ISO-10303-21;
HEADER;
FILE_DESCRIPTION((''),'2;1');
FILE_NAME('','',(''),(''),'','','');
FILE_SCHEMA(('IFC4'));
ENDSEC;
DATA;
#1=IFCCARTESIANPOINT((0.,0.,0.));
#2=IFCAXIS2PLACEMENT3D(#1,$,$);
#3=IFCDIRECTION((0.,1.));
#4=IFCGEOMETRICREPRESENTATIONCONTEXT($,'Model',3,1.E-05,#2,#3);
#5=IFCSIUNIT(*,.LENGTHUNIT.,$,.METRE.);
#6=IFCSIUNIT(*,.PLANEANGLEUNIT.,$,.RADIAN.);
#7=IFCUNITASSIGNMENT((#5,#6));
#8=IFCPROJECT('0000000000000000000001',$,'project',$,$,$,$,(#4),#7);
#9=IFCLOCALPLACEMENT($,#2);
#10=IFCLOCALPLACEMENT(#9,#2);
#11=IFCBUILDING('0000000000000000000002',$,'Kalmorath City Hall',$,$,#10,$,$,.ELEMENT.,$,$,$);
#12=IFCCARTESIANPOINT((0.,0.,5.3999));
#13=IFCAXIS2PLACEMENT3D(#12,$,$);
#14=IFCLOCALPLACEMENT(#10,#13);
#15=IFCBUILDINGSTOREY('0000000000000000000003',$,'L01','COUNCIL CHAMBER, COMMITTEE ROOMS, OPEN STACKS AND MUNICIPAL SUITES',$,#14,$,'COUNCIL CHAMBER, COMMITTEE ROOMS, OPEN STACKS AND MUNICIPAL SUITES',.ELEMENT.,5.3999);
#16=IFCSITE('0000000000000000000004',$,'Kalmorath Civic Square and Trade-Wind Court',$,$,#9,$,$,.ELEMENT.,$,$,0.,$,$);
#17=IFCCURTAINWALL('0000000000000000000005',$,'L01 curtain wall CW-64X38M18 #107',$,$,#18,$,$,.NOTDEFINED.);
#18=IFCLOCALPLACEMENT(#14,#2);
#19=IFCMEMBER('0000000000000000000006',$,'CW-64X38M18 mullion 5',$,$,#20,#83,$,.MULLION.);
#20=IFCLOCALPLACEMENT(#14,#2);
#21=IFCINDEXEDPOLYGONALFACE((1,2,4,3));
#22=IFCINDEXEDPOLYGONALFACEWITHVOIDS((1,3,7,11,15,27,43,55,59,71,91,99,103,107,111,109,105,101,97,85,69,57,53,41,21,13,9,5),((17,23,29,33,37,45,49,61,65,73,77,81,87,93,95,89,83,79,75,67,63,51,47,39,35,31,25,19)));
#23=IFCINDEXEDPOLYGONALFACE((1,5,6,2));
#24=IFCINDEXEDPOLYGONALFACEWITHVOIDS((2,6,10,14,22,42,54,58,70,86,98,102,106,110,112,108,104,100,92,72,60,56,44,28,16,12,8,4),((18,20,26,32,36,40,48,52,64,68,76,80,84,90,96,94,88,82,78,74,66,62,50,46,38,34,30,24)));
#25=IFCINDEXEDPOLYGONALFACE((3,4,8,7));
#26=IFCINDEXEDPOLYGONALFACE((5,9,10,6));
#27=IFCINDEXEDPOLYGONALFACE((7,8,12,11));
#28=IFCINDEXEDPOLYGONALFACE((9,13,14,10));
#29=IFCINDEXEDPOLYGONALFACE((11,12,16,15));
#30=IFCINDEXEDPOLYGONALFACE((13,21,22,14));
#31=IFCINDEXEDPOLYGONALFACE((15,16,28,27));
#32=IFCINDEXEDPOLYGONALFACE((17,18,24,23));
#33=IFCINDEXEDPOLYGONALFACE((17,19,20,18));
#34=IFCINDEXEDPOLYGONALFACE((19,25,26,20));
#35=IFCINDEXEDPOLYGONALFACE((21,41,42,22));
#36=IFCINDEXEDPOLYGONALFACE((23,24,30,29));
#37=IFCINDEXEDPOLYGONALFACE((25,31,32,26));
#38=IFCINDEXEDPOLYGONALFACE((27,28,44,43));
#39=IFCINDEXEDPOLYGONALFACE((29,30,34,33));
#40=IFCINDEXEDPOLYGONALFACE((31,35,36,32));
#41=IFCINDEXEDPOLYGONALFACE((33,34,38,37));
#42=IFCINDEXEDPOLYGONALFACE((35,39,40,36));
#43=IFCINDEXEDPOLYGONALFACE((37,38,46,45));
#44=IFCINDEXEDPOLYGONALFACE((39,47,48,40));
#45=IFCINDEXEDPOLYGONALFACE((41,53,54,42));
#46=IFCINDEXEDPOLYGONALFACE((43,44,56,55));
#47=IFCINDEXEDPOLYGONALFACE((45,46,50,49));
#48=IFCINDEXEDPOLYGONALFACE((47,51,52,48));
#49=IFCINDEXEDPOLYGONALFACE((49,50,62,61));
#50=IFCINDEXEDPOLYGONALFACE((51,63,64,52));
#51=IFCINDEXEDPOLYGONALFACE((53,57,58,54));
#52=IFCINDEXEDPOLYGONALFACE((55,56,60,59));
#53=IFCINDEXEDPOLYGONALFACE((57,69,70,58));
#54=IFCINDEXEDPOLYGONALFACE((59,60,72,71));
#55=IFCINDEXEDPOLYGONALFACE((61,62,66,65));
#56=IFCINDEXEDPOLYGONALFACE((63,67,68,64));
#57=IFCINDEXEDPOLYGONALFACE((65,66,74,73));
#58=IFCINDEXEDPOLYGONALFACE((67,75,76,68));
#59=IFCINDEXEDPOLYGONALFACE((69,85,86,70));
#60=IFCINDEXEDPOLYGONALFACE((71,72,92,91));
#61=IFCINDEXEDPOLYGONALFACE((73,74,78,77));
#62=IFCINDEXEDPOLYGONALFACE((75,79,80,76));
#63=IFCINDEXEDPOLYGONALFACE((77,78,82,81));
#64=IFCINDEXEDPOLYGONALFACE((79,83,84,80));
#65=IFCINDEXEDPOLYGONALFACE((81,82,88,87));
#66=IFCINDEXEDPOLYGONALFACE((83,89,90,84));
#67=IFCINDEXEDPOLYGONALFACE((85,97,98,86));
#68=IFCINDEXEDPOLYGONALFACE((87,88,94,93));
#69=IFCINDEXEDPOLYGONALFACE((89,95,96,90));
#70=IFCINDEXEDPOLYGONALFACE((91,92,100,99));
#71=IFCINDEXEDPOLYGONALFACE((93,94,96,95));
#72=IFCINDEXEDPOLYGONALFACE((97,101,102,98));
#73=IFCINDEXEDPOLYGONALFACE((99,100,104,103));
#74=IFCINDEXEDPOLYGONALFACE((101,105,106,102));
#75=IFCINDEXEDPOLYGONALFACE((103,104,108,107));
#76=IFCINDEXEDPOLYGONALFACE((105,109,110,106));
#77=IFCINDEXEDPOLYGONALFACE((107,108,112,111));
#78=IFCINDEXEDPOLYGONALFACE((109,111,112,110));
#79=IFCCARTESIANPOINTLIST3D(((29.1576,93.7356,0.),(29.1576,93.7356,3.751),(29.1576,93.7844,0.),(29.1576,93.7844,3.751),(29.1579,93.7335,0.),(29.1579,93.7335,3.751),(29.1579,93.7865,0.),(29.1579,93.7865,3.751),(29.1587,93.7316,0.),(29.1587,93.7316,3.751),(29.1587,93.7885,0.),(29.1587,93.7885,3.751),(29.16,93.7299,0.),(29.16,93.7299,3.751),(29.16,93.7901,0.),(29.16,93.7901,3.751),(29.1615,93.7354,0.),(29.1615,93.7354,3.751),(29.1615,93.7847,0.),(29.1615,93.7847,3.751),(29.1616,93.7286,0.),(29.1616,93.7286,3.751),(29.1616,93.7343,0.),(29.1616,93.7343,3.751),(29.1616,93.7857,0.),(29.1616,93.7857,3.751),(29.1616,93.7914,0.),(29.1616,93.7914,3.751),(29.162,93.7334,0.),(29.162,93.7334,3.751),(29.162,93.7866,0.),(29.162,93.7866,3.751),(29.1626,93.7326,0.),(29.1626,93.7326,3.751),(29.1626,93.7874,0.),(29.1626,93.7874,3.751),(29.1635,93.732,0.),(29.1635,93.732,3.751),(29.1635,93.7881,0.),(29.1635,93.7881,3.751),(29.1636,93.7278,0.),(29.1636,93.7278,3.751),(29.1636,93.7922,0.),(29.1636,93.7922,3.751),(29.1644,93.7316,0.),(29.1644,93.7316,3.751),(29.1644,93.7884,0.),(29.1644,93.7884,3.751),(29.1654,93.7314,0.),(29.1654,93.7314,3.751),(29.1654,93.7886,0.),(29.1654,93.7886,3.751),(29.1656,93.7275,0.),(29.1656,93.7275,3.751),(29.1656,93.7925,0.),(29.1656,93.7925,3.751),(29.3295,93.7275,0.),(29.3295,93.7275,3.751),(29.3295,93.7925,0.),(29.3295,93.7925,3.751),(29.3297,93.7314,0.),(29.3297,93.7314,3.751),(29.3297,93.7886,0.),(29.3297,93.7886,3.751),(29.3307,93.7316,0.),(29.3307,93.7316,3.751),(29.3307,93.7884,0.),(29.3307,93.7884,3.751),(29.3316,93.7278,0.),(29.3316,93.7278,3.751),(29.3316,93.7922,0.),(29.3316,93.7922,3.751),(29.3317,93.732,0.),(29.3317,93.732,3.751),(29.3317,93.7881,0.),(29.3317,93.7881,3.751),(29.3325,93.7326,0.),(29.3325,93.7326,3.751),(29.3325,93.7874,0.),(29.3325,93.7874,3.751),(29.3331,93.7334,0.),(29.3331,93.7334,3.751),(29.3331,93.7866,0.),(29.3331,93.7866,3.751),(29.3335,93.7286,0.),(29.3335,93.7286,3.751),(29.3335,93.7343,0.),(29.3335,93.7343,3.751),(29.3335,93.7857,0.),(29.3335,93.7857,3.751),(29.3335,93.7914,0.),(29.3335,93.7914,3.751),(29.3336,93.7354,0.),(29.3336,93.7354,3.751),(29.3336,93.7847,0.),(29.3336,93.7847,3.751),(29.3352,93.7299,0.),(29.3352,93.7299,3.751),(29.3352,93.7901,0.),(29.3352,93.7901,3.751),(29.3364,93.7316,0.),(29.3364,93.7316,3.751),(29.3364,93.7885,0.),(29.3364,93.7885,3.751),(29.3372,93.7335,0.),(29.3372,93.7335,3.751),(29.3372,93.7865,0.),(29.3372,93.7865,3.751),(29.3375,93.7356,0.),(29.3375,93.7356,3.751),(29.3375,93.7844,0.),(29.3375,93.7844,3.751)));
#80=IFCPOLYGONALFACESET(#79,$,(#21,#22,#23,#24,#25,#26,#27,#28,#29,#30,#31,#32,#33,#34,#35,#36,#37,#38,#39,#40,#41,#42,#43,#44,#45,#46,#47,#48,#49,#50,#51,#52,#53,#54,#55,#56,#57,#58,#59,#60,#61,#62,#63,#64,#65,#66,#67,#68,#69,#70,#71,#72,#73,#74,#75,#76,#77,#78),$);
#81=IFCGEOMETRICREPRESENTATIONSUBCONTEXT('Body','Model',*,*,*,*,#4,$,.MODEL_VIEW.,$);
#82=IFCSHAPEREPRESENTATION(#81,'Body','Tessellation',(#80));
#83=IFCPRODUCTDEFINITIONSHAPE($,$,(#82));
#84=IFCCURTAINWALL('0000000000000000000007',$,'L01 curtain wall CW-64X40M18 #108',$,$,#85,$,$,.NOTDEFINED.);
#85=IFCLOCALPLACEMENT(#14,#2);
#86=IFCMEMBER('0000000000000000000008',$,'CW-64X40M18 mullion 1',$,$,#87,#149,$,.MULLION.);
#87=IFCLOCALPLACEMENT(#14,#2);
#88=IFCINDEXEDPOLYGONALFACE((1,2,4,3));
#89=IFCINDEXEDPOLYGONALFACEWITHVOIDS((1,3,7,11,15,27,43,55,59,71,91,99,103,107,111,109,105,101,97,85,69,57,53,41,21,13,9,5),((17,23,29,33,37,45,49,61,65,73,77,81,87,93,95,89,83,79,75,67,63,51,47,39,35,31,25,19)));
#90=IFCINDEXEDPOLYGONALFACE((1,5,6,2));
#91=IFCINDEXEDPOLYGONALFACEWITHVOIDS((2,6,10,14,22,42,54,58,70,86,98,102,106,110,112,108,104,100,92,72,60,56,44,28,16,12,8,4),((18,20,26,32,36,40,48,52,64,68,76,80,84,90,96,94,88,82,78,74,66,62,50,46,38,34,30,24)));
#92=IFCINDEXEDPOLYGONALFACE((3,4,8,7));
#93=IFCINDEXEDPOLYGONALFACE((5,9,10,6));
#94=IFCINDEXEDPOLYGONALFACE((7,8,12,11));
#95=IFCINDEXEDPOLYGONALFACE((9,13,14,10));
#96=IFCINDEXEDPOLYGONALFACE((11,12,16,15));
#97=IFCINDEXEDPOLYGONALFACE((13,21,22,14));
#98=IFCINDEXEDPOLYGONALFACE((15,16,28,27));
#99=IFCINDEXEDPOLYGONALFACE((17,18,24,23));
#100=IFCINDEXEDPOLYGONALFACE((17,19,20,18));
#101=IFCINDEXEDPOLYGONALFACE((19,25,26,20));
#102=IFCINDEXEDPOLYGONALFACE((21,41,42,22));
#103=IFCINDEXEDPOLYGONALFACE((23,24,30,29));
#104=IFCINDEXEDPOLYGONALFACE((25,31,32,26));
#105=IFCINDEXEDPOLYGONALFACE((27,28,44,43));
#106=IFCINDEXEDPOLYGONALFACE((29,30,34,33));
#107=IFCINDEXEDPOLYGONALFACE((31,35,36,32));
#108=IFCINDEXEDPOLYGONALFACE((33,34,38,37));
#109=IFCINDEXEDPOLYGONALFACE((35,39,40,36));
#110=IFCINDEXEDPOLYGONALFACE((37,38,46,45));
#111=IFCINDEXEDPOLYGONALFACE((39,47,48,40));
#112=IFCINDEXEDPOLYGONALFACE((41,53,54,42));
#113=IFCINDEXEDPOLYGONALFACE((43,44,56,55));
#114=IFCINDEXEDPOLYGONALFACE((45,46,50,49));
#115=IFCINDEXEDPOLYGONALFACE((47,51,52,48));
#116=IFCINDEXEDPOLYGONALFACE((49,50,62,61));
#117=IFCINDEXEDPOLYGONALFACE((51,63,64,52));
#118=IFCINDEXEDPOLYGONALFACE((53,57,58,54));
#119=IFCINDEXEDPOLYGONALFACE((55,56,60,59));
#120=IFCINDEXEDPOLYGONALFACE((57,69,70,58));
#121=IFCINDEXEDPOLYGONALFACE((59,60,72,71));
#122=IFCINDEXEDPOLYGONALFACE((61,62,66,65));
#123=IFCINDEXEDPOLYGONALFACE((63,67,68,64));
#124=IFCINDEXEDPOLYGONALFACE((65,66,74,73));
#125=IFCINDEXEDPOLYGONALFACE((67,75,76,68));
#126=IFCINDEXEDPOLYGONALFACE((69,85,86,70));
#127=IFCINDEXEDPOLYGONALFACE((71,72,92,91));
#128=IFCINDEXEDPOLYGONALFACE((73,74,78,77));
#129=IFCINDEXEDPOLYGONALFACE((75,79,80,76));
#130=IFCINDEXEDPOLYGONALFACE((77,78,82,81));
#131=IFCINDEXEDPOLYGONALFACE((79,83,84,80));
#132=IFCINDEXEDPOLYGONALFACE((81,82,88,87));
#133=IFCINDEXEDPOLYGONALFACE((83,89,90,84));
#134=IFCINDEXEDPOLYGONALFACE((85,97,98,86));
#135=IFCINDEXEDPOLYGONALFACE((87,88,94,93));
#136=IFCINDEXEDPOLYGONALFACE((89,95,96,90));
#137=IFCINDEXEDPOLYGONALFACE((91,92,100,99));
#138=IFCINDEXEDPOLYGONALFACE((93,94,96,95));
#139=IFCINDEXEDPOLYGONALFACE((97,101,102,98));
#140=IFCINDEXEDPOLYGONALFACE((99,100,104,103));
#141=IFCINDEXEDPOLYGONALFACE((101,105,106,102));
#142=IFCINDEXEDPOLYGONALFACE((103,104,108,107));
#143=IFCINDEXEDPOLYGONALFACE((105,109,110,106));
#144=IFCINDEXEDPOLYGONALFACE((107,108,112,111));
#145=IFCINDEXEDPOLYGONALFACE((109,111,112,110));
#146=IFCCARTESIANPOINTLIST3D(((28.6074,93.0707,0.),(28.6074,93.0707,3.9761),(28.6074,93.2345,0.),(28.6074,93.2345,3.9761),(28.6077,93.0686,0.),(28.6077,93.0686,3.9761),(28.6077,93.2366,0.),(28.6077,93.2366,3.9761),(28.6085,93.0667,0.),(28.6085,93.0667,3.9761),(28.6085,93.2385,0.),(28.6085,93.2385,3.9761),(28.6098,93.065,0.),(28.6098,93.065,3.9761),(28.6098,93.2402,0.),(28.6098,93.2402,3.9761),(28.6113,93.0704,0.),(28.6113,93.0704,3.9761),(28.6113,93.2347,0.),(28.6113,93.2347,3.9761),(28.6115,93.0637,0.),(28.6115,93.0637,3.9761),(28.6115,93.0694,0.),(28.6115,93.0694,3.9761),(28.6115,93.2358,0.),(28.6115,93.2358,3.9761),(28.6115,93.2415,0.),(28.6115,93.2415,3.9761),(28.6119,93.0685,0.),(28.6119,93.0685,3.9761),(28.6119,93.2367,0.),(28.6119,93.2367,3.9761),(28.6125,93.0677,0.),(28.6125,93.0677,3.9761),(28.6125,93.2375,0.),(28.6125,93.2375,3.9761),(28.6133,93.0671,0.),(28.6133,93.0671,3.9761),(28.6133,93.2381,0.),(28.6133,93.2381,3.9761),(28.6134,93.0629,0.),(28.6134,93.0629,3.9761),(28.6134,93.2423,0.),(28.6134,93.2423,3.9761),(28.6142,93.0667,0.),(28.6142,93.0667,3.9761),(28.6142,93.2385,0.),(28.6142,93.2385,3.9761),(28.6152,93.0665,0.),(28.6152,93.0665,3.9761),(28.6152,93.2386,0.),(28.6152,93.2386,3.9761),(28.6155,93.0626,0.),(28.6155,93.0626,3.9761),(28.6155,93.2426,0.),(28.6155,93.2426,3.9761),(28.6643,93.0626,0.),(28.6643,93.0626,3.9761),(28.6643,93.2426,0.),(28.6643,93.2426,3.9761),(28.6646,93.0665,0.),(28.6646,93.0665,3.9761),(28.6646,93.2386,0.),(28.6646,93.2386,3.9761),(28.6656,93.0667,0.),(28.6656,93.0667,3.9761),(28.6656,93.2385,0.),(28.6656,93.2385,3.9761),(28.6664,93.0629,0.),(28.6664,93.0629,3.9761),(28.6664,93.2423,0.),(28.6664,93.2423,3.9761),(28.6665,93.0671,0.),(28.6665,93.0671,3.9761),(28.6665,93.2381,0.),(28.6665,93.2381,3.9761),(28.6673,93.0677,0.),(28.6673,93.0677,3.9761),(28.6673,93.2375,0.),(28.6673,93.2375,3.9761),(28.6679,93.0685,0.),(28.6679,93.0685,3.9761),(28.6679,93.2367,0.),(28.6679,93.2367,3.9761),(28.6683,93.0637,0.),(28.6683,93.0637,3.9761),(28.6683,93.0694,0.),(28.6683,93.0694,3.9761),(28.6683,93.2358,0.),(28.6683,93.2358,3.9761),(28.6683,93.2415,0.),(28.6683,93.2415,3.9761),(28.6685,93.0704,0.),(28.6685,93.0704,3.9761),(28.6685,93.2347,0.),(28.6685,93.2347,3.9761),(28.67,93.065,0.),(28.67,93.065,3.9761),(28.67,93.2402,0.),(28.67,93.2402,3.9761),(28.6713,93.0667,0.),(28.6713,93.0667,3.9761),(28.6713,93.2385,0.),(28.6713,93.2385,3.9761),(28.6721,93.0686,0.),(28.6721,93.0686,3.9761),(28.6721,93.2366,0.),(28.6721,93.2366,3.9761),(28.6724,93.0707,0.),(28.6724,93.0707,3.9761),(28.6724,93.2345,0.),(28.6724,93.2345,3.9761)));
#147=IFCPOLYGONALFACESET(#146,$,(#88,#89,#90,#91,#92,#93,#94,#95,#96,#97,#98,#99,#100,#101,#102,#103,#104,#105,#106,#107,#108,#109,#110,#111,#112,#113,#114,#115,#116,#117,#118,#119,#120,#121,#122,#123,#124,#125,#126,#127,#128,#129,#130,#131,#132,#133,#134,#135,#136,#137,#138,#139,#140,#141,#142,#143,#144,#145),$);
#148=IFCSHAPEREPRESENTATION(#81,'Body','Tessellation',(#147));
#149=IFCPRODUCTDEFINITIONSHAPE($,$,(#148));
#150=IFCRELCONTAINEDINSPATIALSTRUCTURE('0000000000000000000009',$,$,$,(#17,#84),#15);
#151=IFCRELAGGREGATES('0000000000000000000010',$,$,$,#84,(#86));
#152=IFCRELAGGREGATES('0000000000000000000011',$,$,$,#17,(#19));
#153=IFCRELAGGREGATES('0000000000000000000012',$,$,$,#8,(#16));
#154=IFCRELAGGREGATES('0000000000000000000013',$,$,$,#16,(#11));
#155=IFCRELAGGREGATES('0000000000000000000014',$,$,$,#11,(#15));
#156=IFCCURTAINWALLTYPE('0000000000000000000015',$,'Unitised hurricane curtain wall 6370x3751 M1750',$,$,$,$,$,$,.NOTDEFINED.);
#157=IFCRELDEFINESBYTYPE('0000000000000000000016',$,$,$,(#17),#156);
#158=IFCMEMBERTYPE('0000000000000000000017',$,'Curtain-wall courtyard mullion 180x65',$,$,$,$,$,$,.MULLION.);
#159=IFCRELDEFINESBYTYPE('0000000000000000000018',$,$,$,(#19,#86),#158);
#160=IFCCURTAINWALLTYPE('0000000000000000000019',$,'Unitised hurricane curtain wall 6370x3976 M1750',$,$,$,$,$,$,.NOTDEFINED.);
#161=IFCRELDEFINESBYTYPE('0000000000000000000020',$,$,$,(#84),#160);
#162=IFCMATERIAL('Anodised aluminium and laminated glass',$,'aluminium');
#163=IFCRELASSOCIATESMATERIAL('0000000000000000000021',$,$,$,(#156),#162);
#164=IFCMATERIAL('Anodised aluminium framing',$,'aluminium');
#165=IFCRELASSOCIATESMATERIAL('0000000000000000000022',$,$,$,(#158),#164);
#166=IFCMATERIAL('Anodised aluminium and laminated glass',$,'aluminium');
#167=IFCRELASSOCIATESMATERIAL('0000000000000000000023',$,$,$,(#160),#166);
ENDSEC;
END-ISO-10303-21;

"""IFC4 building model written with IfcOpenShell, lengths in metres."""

from ifc_helpers import new_model, si_unit, direction, frame, origin, origin_2d, place, context, subcontext, project, spatial, hollow_rectangle, extrude, material, material_profile, profile_set, type_object, element, aggregate, save


model = new_model("IFC4")

# Units and contexts
model_context = context("Model", 3, precision=1e-05, world=origin(), true_north=direction((0.0, 1.0)))
body_context = subcontext(model_context, "Body", "Model", "MODEL_VIEW")
ifc_project = project(units=[si_unit("LENGTHUNIT", "METRE"), si_unit("PLANEANGLEUNIT", "RADIAN")], contexts=[model_context])

# Site, building, storey
site_placement = place(None, origin())
site = spatial("IfcSite", under=ifc_project, at=site_placement, Name="Kalmorath Civic Square and Trade-Wind Court", CompositionType="ELEMENT", RefElevation=0.0)
building_placement = place(site_placement, origin())
building = spatial("IfcBuilding", under=site, at=building_placement, Name="Kalmorath City Hall", CompositionType="ELEMENT")
storey_placement = place(building_placement, frame((0.0, 0.0, 5.3999)))
storey = spatial("IfcBuildingStorey", under=building, at=storey_placement, Name="L01", Description="COUNCIL CHAMBER, COMMITTEE ROOMS, OPEN STACKS AND MUNICIPAL SUITES", LongName="COUNCIL CHAMBER, COMMITTEE ROOMS, OPEN STACKS AND MUNICIPAL SUITES", CompositionType="ELEMENT", Elevation=5.3999)

# Curtain wall, member
ifc_material_1 = material(Name="Anodised aluminium and laminated glass", Category="aluminium")
curtain_wall_type_1 = type_object("IfcCurtainWallType", Name="Unitised hurricane curtain wall 6370x3751 M1750", PredefinedType="NOTDEFINED", material=ifc_material_1)
curtain_wall_1_placement = place(storey_placement, origin())
curtain_wall_1 = element("IfcCurtainWall", 1, at=curtain_wall_1_placement, inside=storey, type_object=curtain_wall_type_1, Name="L01 curtain wall CW-64X38M18 #107", PredefinedType="NOTDEFINED")
ifc_material_2 = material(Name="Anodised aluminium framing", Category="aluminium")
ifc_material_profile_1 = material_profile(ifc_material_2, hollow_rectangle(XDim=0.0649, YDim=0.1799, WallThickness=0.0039, InnerFilletRadius=0.0039, OuterFilletRadius=0.0081, at=origin_2d()), Name="ALU-MUL-180X65X4")
ifc_profile_set_1 = profile_set([ifc_material_profile_1], Name="Anodised aluminium framing")
member_type_1 = type_object("IfcMemberType", Name="Curtain-wall courtyard mullion 180x65", PredefinedType="MULLION", material=ifc_profile_set_1)
member_1_placement = place(storey_placement, frame((29.2476, 93.76, 0.0), z_axis=(0.0, 0.0, 1.0), x_axis=(0.0, -1.0, 0.0)))
member_1 = element("IfcMember", 2, at=member_1_placement, type_object=member_type_1, Name="CW-64X38M18 mullion 5", PredefinedType="MULLION", context=body_context, shape_type="SweptSolid", body=[
    extrude(hollow_rectangle(XDim=0.0649, YDim=0.1799, WallThickness=0.0039, InnerFilletRadius=0.0039, OuterFilletRadius=0.0081, at=origin_2d()), origin(), (0.0, 0.0, 1.0), 3.751),
])

# Curtain wall, member
ifc_material_3 = material(Name="Anodised aluminium and laminated glass", Category="aluminium")
curtain_wall_type_2 = type_object("IfcCurtainWallType", Name="Unitised hurricane curtain wall 6370x3976 M1750", PredefinedType="NOTDEFINED", material=ifc_material_3)
curtain_wall_2_placement = place(storey_placement, origin())
curtain_wall_2 = element("IfcCurtainWall", 3, at=curtain_wall_2_placement, inside=storey, type_object=curtain_wall_type_2, Name="L01 curtain wall CW-64X40M18 #108", PredefinedType="NOTDEFINED")
member_2_placement = place(storey_placement, frame((28.6399, 93.1526, 0.0), z_axis=(0.0, 0.0, 1.0), x_axis=(1.0, 0.0, 0.0)))
member_2 = element("IfcMember", 4, at=member_2_placement, type_object=member_type_1, Name="CW-64X40M18 mullion 1", PredefinedType="MULLION", context=body_context, shape_type="SweptSolid", body=[
    extrude(hollow_rectangle(XDim=0.0649, YDim=0.1799, WallThickness=0.0039, InnerFilletRadius=0.0039, OuterFilletRadius=0.0081, at=origin_2d()), origin(), (0.0, 0.0, 1.0), 3.9761),
])

aggregate(curtain_wall_2, [member_2])

aggregate(curtain_wall_1, [member_1])

save(model, "model.ifc")
